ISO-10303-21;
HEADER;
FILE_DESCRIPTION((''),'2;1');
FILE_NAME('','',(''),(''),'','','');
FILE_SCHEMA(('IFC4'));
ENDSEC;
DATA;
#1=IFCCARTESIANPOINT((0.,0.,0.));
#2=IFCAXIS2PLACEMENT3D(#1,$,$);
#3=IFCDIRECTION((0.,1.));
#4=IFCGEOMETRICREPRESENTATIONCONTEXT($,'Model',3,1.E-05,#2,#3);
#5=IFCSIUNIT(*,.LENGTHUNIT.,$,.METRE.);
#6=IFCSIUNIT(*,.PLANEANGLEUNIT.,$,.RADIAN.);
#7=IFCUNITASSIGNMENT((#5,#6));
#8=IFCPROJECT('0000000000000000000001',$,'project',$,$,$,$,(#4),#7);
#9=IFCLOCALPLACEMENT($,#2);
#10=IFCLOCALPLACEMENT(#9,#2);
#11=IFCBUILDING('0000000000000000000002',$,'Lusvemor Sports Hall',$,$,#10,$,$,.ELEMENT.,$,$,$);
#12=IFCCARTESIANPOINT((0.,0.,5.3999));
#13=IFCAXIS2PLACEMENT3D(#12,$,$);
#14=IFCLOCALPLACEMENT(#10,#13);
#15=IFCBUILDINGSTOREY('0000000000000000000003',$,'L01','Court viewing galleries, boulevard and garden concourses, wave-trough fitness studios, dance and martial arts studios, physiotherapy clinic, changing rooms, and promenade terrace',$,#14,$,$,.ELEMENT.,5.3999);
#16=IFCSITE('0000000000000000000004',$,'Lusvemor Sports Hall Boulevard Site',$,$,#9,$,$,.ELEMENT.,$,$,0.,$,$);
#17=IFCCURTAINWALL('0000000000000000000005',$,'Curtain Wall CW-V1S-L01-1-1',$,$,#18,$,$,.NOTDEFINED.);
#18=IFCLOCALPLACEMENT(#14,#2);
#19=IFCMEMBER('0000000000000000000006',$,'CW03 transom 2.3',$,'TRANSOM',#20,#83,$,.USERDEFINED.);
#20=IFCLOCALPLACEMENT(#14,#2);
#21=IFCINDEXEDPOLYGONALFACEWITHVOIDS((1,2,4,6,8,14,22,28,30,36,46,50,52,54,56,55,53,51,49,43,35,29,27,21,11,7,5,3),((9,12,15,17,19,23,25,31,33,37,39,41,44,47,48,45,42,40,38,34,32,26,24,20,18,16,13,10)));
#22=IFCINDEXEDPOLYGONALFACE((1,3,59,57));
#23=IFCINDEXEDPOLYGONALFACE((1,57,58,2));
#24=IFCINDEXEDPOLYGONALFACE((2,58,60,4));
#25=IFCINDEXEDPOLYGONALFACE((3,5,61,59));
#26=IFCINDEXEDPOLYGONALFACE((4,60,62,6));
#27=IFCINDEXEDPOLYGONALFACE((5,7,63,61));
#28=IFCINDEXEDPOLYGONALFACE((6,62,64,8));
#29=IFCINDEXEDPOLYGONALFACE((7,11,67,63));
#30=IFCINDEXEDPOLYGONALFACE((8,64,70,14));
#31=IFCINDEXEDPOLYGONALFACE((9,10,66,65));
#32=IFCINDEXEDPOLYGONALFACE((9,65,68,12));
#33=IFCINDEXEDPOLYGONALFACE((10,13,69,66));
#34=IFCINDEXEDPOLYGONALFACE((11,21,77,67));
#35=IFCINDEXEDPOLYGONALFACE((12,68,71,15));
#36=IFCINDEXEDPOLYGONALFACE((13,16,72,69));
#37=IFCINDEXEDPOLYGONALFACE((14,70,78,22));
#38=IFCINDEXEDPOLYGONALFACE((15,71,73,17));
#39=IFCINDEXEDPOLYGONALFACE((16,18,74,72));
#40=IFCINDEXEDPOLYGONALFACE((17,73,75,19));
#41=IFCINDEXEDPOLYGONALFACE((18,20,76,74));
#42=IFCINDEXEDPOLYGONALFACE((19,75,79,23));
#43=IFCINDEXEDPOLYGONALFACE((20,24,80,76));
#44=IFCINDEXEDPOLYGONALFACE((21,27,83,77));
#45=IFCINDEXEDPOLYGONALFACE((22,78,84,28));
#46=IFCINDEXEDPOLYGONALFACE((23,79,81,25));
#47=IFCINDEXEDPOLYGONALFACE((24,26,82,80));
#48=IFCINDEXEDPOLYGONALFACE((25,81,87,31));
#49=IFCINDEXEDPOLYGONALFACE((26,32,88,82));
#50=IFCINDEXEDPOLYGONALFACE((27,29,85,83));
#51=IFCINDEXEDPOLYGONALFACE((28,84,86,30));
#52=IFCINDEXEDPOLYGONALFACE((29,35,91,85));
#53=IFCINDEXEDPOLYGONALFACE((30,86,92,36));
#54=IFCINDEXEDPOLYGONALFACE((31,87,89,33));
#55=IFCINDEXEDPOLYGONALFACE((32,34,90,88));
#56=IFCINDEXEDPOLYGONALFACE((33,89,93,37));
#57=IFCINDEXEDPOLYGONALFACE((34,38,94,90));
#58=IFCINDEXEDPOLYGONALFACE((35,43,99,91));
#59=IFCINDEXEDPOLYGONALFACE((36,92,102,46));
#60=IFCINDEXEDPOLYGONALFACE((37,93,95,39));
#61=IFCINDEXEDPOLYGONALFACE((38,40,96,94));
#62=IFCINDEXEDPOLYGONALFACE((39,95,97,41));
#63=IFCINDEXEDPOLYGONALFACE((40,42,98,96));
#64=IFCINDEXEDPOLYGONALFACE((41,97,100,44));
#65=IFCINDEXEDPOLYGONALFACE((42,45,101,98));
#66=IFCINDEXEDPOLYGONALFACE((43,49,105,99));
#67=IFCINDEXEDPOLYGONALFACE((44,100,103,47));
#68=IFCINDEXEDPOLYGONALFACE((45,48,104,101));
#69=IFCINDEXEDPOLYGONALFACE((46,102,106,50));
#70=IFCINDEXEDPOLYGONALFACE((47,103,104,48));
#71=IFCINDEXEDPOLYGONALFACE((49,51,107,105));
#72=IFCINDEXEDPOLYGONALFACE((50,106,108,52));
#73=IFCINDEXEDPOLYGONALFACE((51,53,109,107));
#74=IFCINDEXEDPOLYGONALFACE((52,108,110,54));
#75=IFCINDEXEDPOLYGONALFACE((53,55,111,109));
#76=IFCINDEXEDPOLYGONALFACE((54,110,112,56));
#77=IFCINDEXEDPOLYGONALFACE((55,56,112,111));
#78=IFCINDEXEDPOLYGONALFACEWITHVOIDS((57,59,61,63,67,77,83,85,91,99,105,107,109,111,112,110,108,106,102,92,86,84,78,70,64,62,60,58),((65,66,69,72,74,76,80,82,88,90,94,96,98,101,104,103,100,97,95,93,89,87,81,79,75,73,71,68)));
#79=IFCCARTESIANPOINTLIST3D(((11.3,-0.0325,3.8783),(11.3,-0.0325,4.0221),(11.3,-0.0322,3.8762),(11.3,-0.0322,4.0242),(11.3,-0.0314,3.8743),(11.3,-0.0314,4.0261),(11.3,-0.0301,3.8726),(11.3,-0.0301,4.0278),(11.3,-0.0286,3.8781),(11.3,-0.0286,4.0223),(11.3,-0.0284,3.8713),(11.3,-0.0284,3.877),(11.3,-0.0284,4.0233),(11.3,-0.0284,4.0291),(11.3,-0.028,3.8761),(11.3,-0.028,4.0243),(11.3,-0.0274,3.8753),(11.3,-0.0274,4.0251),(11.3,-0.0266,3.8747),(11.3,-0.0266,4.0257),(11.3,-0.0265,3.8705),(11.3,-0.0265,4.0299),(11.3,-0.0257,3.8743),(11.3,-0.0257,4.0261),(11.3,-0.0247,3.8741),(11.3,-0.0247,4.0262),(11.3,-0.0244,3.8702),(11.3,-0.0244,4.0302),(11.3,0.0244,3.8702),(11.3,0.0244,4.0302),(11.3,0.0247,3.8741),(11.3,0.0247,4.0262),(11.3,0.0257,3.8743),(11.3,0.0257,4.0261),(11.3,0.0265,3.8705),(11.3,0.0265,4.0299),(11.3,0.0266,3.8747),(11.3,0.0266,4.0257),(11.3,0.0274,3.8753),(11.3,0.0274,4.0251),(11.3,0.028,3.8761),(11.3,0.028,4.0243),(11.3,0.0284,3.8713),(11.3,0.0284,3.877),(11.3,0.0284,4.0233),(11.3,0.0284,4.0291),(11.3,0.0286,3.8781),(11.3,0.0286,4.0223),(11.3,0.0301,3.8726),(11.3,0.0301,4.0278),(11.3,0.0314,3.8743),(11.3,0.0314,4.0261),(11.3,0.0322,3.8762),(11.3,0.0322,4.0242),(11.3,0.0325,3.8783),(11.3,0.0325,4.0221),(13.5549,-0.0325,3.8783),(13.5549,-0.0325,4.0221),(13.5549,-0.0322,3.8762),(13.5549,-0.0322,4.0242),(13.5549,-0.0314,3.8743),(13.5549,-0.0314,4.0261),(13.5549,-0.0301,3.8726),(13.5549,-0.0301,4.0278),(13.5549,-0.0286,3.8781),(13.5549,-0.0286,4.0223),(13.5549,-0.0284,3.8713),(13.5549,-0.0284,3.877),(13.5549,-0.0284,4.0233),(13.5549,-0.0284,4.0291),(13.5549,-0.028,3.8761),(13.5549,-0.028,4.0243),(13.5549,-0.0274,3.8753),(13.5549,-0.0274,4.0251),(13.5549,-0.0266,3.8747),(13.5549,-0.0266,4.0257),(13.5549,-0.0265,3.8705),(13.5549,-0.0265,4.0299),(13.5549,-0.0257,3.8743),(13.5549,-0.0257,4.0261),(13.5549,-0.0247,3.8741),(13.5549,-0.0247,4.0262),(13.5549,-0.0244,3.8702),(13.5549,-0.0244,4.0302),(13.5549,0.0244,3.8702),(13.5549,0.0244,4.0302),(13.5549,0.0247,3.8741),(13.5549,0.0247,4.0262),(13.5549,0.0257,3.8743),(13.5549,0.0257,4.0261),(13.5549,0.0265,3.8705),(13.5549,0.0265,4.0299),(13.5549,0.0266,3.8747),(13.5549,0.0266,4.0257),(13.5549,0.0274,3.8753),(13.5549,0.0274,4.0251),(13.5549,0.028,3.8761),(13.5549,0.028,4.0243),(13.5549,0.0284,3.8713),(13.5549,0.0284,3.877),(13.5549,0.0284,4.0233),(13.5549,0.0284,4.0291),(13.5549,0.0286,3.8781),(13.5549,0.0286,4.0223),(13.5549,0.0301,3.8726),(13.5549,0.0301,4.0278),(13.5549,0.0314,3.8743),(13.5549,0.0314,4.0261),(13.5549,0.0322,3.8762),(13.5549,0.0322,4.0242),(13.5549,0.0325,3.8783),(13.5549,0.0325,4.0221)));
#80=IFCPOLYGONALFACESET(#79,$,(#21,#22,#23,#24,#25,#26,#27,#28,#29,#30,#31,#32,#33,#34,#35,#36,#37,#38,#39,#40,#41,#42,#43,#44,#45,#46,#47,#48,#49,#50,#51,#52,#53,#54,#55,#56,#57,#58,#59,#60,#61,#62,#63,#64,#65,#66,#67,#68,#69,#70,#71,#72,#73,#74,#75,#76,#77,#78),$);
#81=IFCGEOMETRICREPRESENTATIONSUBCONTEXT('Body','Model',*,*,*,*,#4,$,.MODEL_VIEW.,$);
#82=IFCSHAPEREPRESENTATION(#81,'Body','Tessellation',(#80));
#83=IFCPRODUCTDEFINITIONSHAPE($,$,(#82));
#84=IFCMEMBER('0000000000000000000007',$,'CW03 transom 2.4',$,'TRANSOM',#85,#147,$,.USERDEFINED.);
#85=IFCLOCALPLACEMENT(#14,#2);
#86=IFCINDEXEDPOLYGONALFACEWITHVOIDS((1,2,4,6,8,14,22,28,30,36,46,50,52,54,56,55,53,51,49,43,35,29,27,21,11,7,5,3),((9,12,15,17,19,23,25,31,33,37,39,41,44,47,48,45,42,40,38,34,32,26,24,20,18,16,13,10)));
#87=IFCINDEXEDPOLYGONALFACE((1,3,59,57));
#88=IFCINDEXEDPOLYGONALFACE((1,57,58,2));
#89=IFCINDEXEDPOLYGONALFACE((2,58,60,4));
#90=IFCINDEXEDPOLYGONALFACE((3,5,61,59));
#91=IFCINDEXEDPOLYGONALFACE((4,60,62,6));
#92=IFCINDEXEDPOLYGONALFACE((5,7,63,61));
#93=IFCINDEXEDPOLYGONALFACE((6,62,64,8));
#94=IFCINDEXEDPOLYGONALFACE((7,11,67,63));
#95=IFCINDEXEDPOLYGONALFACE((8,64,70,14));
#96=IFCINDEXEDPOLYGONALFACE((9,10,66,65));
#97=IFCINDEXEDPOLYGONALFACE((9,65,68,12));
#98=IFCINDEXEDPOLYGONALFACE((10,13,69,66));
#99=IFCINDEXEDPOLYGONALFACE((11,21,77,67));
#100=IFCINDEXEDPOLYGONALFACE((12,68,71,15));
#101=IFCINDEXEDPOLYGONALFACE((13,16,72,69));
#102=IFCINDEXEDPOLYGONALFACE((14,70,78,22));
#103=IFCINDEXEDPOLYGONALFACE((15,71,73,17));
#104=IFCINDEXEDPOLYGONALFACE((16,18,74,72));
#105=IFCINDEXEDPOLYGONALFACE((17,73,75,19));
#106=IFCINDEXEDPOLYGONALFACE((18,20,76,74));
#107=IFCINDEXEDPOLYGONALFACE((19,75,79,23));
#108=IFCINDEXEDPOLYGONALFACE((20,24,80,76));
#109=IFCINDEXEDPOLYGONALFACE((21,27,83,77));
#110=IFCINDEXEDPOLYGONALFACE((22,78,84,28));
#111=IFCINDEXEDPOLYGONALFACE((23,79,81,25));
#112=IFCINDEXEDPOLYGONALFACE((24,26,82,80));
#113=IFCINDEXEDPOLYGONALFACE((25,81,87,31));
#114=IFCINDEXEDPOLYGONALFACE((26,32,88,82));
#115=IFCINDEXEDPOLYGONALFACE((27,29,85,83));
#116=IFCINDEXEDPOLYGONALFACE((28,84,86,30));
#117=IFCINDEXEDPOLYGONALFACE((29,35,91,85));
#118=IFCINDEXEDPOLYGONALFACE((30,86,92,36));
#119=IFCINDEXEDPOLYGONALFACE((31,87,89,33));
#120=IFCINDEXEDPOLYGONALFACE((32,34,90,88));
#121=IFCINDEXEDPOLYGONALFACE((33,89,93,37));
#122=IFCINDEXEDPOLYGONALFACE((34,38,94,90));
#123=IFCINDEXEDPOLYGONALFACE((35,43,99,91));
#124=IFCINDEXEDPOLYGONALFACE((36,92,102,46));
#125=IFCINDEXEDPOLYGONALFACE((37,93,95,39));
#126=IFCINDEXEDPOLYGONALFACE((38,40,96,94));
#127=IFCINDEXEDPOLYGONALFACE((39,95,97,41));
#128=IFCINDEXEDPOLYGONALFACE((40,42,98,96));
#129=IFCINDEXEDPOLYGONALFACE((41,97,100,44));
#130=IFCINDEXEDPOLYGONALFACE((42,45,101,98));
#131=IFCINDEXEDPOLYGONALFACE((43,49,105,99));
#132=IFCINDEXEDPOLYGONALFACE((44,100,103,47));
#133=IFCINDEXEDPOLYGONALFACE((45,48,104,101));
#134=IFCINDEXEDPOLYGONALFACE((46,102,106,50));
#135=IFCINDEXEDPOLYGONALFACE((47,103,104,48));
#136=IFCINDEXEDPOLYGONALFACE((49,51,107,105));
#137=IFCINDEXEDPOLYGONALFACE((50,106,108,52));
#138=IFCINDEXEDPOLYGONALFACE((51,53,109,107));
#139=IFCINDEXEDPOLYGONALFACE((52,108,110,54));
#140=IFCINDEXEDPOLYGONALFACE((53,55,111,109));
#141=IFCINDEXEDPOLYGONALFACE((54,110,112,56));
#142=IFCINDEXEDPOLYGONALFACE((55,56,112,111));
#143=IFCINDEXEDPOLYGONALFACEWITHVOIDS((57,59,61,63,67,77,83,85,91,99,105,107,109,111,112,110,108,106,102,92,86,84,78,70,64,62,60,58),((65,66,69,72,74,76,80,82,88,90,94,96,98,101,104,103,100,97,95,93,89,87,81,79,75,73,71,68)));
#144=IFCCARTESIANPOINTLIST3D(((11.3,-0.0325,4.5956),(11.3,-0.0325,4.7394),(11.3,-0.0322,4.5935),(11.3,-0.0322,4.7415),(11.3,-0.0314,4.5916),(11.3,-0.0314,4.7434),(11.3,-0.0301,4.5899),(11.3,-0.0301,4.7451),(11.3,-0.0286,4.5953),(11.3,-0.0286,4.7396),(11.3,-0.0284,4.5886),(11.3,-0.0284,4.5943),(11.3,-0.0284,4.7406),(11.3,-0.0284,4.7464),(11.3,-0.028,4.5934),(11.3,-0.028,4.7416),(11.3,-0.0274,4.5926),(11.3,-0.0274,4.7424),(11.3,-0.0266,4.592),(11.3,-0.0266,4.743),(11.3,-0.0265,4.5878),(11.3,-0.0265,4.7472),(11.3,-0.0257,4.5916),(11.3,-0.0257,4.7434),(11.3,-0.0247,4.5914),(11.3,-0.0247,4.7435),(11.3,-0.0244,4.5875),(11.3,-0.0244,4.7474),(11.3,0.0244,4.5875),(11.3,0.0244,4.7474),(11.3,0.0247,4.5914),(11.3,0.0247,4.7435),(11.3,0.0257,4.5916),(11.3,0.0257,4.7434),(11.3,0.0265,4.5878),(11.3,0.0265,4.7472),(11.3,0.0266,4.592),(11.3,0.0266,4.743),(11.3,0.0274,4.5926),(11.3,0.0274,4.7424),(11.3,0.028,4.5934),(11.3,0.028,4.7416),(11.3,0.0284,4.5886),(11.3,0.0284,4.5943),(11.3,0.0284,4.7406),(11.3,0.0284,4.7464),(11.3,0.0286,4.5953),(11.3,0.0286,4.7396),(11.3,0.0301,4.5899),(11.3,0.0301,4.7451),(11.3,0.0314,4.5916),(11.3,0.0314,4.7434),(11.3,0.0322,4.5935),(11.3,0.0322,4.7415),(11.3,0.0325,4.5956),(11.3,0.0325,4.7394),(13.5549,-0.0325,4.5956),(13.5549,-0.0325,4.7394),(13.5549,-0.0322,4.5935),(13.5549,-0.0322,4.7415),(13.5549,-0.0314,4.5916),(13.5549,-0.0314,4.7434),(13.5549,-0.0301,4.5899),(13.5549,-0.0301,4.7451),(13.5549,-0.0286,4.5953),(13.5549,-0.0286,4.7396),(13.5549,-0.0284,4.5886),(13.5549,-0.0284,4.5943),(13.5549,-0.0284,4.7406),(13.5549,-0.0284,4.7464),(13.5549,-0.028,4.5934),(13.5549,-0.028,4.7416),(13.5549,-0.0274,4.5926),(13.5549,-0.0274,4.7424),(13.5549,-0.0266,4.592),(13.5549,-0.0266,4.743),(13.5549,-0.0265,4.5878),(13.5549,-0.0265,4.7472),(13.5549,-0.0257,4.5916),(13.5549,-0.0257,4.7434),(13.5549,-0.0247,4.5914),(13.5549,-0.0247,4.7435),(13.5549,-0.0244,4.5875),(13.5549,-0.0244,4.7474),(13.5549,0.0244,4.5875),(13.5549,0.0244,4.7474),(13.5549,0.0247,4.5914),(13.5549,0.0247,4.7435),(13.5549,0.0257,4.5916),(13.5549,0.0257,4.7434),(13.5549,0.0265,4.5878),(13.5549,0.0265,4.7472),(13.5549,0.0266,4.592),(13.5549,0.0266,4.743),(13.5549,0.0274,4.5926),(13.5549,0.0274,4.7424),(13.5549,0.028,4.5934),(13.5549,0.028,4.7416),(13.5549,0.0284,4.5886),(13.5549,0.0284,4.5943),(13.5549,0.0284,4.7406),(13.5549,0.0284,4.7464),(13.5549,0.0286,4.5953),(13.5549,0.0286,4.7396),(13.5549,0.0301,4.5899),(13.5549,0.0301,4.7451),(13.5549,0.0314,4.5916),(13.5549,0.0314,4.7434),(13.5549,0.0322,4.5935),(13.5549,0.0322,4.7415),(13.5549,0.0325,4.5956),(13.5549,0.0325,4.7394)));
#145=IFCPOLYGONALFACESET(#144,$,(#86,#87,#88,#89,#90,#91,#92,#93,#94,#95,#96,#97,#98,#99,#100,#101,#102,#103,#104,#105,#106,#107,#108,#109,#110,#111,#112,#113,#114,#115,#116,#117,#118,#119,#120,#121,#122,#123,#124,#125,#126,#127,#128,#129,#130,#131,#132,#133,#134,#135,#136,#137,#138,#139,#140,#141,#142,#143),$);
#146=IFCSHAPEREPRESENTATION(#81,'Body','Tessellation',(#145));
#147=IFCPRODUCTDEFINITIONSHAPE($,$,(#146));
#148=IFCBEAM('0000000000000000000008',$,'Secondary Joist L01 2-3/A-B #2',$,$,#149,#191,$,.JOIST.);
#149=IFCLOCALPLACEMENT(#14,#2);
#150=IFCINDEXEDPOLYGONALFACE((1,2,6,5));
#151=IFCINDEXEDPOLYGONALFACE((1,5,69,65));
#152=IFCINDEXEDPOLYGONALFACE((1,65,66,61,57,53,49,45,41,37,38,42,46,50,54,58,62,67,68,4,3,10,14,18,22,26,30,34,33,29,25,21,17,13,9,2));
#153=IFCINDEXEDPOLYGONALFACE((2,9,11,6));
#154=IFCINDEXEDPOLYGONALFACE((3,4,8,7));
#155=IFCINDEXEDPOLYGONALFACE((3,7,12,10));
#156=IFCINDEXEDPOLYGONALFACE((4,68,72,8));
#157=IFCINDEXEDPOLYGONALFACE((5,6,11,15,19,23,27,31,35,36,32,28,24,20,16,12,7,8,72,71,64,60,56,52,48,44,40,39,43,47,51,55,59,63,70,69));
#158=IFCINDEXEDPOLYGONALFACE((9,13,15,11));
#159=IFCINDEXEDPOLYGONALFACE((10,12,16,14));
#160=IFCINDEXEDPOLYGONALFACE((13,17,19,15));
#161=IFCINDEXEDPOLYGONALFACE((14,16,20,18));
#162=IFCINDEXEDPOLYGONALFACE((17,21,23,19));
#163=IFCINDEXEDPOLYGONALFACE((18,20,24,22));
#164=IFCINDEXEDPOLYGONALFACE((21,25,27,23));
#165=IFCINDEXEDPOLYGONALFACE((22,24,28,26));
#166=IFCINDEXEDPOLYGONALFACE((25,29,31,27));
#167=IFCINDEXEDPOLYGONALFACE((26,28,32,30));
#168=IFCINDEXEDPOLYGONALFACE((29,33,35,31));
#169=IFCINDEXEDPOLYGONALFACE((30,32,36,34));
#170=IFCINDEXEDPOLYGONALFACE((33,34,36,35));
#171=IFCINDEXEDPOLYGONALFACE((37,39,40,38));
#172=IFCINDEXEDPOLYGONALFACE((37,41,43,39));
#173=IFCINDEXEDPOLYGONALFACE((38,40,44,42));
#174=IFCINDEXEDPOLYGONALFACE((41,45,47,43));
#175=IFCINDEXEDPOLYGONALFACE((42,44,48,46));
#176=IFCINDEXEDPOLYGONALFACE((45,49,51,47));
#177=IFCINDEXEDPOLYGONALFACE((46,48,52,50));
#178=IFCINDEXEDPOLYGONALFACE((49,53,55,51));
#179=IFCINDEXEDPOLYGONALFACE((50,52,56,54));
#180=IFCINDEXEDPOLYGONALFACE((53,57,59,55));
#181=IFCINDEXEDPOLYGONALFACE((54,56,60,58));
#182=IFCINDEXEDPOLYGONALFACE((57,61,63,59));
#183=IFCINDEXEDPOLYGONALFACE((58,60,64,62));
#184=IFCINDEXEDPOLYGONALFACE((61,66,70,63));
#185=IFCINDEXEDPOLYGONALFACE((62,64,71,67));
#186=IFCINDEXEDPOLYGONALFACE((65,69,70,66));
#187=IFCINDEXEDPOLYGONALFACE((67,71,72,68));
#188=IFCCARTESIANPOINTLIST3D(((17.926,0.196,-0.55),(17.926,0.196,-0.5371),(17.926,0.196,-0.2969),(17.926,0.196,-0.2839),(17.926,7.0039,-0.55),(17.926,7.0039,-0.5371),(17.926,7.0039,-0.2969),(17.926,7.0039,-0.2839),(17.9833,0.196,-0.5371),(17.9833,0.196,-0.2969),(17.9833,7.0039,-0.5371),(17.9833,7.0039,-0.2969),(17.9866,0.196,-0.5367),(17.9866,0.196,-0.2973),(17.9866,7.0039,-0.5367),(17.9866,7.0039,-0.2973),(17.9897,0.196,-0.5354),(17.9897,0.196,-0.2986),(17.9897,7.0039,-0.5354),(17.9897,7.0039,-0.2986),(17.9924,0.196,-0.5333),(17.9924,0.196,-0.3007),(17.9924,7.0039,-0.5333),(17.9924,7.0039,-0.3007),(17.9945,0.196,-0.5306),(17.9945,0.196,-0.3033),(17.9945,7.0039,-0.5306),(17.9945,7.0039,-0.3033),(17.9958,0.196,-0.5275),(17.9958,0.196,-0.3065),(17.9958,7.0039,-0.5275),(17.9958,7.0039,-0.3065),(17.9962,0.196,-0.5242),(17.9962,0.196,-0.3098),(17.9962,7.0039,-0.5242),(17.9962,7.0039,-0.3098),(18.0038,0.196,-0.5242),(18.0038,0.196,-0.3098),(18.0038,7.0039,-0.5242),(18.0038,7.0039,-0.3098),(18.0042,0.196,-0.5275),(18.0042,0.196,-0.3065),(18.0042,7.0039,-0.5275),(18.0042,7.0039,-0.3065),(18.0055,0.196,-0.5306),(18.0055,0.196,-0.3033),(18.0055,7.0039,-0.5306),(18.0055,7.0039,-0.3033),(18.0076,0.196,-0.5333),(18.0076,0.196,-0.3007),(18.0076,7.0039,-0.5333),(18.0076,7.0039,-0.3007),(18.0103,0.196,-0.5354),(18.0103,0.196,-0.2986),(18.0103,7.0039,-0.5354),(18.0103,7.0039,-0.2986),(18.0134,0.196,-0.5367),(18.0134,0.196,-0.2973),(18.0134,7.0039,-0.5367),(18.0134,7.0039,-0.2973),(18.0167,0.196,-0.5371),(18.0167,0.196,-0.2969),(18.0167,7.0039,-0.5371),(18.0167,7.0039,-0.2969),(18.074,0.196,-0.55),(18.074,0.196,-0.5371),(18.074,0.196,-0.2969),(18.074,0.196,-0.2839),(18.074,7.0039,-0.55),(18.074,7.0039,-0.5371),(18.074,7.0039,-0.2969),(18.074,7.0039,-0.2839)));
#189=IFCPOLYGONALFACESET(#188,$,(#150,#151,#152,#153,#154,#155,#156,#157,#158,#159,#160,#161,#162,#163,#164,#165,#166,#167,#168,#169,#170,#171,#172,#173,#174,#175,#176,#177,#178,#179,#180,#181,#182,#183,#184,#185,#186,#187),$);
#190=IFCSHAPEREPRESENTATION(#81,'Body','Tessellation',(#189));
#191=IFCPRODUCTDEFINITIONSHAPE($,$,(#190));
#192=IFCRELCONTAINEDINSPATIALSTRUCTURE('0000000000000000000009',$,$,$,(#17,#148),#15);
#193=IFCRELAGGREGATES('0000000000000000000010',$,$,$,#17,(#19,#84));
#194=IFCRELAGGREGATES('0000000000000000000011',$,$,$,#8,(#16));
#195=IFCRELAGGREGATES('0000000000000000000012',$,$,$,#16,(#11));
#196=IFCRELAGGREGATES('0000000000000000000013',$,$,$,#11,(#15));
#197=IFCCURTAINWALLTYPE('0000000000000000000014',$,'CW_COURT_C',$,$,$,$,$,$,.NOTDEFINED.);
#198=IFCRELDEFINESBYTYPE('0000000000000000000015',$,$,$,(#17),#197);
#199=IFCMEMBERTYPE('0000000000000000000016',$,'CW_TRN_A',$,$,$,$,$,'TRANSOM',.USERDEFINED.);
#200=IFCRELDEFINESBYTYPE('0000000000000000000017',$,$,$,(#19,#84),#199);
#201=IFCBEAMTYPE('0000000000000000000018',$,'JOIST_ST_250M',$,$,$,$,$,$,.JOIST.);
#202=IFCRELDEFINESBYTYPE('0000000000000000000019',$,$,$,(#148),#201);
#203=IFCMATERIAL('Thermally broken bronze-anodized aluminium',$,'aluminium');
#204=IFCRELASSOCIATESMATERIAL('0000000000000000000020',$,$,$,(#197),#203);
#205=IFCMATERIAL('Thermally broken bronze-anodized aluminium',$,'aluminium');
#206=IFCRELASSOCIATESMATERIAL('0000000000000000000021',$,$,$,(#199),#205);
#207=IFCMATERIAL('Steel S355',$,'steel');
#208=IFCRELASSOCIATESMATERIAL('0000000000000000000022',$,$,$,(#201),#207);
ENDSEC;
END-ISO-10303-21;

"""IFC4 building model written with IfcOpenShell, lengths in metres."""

from ifc_helpers import new_model, si_unit, direction, frame, origin, origin_2d, place, context, subcontext, project, spatial, hollow_rectangle, i_section, extrude, material, material_profile, profile_set, type_object, element, aggregate, save


model = new_model("IFC4")

# Units and contexts
model_context = context("Model", 3, precision=1e-05, world=origin(), true_north=direction((0.0, 1.0)))
body_context = subcontext(model_context, "Body", "Model", "MODEL_VIEW")
ifc_project = project(units=[si_unit("LENGTHUNIT", "METRE"), si_unit("PLANEANGLEUNIT", "RADIAN")], contexts=[model_context])

# Site, building, storey
site_placement = place(None, origin())
site = spatial("IfcSite", under=ifc_project, at=site_placement, Name="Lusvemor Sports Hall Boulevard Site", CompositionType="ELEMENT", RefElevation=0.0)
building_placement = place(site_placement, origin())
building = spatial("IfcBuilding", under=site, at=building_placement, Name="Lusvemor Sports Hall", CompositionType="ELEMENT")
storey_placement = place(building_placement, frame((0.0, 0.0, 5.3999)))
storey = spatial("IfcBuildingStorey", under=building, at=storey_placement, Name="L01", Description="Court viewing galleries, boulevard and garden concourses, wave-trough fitness studios, dance and martial arts studios, physiotherapy clinic, changing rooms, and promenade terrace", CompositionType="ELEMENT", Elevation=5.3999)

# Curtain wall, members
ifc_material_1 = material(Name="Thermally broken bronze-anodized aluminium", Category="aluminium")
curtain_wall_type = type_object("IfcCurtainWallType", Name="CW_COURT_C", PredefinedType="NOTDEFINED", material=ifc_material_1)
curtain_wall_placement = place(storey_placement, origin())
curtain_wall = element("IfcCurtainWall", 1, at=curtain_wall_placement, inside=storey, type_object=curtain_wall_type, Name="Curtain Wall CW-V1S-L01-1-1", PredefinedType="NOTDEFINED")
ifc_material_2 = material(Name="Thermally broken bronze-anodized aluminium", Category="aluminium")
ifc_material_profile_1 = material_profile(ifc_material_2, hollow_rectangle(XDim=0.0649, YDim=0.1599, WallThickness=0.0039, InnerFilletRadius=0.0039, OuterFilletRadius=0.0081, at=origin_2d()), Name="CWTRN160x65x4")
ifc_profile_set_1 = profile_set([ifc_material_profile_1], Name="Thermally broken bronze-anodized aluminium")
member_type_1 = type_object("IfcMemberType", Name="CW_TRN_A", ElementType="TRANSOM", PredefinedType="USERDEFINED", material=ifc_profile_set_1)
member_1_placement = place(storey_placement, frame((13.5549, 0.0, 3.9502), z_axis=(-1.0, 0.0, 0.0), x_axis=(0.0, -1.0, 0.0)))
member_1 = element("IfcMember", 2, at=member_1_placement, type_object=member_type_1, Name="CW03 transom 2.3", ObjectType="TRANSOM", PredefinedType="USERDEFINED", context=body_context, shape_type="SweptSolid", body=[
    extrude(hollow_rectangle(XDim=0.0649, YDim=0.1599, WallThickness=0.0039, InnerFilletRadius=0.0039, OuterFilletRadius=0.0081, at=origin_2d()), origin(), (0.0, 0.0, 1.0), 2.2549),
])
member_2_placement = place(storey_placement, frame((13.5549, 0.0, 4.6675), z_axis=(-1.0, 0.0, 0.0), x_axis=(0.0, -1.0, 0.0)))
member_2 = element("IfcMember", 3, at=member_2_placement, type_object=member_type_1, Name="CW03 transom 2.4", ObjectType="TRANSOM", PredefinedType="USERDEFINED", context=body_context, shape_type="SweptSolid", body=[
    extrude(hollow_rectangle(XDim=0.0649, YDim=0.1599, WallThickness=0.0039, InnerFilletRadius=0.0039, OuterFilletRadius=0.0081, at=origin_2d()), origin(), (0.0, 0.0, 1.0), 2.2549),
])

# Beam
ifc_material_3 = material(Name="Steel S355", Category="steel")
ifc_material_profile_2 = material_profile(ifc_material_3, i_section(OverallWidth=0.1479, OverallDepth=0.2661, WebThickness=0.0076, FlangeThickness=0.0129, FilletRadius=0.0129, at=origin_2d()), Name="W250x44.8")
ifc_profile_set_2 = profile_set([ifc_material_profile_2], Name="Steel S355")
beam_type_1 = type_object("IfcBeamType", Name="JOIST_ST_250M", PredefinedType="JOIST", material=ifc_profile_set_2)
beam_1_placement = place(storey_placement, frame((18.0, 0.196, -0.417), z_axis=(0.0, 1.0, 0.0), x_axis=(-1.0, 0.0, 0.0)))
element("IfcBeam", 4, at=beam_1_placement, inside=storey, type_object=beam_type_1, Name="Secondary Joist L01 2-3/A-B #2", PredefinedType="JOIST", context=body_context, shape_type="SweptSolid", body=[
    extrude(i_section(OverallWidth=0.1479, OverallDepth=0.2661, WebThickness=0.0076, FlangeThickness=0.0129, FilletRadius=0.0129, at=origin_2d()), origin(), (0.0, 0.0, 1.0), 6.8079),
])

aggregate(curtain_wall, [member_1, member_2])

save(model, "model.ifc")
